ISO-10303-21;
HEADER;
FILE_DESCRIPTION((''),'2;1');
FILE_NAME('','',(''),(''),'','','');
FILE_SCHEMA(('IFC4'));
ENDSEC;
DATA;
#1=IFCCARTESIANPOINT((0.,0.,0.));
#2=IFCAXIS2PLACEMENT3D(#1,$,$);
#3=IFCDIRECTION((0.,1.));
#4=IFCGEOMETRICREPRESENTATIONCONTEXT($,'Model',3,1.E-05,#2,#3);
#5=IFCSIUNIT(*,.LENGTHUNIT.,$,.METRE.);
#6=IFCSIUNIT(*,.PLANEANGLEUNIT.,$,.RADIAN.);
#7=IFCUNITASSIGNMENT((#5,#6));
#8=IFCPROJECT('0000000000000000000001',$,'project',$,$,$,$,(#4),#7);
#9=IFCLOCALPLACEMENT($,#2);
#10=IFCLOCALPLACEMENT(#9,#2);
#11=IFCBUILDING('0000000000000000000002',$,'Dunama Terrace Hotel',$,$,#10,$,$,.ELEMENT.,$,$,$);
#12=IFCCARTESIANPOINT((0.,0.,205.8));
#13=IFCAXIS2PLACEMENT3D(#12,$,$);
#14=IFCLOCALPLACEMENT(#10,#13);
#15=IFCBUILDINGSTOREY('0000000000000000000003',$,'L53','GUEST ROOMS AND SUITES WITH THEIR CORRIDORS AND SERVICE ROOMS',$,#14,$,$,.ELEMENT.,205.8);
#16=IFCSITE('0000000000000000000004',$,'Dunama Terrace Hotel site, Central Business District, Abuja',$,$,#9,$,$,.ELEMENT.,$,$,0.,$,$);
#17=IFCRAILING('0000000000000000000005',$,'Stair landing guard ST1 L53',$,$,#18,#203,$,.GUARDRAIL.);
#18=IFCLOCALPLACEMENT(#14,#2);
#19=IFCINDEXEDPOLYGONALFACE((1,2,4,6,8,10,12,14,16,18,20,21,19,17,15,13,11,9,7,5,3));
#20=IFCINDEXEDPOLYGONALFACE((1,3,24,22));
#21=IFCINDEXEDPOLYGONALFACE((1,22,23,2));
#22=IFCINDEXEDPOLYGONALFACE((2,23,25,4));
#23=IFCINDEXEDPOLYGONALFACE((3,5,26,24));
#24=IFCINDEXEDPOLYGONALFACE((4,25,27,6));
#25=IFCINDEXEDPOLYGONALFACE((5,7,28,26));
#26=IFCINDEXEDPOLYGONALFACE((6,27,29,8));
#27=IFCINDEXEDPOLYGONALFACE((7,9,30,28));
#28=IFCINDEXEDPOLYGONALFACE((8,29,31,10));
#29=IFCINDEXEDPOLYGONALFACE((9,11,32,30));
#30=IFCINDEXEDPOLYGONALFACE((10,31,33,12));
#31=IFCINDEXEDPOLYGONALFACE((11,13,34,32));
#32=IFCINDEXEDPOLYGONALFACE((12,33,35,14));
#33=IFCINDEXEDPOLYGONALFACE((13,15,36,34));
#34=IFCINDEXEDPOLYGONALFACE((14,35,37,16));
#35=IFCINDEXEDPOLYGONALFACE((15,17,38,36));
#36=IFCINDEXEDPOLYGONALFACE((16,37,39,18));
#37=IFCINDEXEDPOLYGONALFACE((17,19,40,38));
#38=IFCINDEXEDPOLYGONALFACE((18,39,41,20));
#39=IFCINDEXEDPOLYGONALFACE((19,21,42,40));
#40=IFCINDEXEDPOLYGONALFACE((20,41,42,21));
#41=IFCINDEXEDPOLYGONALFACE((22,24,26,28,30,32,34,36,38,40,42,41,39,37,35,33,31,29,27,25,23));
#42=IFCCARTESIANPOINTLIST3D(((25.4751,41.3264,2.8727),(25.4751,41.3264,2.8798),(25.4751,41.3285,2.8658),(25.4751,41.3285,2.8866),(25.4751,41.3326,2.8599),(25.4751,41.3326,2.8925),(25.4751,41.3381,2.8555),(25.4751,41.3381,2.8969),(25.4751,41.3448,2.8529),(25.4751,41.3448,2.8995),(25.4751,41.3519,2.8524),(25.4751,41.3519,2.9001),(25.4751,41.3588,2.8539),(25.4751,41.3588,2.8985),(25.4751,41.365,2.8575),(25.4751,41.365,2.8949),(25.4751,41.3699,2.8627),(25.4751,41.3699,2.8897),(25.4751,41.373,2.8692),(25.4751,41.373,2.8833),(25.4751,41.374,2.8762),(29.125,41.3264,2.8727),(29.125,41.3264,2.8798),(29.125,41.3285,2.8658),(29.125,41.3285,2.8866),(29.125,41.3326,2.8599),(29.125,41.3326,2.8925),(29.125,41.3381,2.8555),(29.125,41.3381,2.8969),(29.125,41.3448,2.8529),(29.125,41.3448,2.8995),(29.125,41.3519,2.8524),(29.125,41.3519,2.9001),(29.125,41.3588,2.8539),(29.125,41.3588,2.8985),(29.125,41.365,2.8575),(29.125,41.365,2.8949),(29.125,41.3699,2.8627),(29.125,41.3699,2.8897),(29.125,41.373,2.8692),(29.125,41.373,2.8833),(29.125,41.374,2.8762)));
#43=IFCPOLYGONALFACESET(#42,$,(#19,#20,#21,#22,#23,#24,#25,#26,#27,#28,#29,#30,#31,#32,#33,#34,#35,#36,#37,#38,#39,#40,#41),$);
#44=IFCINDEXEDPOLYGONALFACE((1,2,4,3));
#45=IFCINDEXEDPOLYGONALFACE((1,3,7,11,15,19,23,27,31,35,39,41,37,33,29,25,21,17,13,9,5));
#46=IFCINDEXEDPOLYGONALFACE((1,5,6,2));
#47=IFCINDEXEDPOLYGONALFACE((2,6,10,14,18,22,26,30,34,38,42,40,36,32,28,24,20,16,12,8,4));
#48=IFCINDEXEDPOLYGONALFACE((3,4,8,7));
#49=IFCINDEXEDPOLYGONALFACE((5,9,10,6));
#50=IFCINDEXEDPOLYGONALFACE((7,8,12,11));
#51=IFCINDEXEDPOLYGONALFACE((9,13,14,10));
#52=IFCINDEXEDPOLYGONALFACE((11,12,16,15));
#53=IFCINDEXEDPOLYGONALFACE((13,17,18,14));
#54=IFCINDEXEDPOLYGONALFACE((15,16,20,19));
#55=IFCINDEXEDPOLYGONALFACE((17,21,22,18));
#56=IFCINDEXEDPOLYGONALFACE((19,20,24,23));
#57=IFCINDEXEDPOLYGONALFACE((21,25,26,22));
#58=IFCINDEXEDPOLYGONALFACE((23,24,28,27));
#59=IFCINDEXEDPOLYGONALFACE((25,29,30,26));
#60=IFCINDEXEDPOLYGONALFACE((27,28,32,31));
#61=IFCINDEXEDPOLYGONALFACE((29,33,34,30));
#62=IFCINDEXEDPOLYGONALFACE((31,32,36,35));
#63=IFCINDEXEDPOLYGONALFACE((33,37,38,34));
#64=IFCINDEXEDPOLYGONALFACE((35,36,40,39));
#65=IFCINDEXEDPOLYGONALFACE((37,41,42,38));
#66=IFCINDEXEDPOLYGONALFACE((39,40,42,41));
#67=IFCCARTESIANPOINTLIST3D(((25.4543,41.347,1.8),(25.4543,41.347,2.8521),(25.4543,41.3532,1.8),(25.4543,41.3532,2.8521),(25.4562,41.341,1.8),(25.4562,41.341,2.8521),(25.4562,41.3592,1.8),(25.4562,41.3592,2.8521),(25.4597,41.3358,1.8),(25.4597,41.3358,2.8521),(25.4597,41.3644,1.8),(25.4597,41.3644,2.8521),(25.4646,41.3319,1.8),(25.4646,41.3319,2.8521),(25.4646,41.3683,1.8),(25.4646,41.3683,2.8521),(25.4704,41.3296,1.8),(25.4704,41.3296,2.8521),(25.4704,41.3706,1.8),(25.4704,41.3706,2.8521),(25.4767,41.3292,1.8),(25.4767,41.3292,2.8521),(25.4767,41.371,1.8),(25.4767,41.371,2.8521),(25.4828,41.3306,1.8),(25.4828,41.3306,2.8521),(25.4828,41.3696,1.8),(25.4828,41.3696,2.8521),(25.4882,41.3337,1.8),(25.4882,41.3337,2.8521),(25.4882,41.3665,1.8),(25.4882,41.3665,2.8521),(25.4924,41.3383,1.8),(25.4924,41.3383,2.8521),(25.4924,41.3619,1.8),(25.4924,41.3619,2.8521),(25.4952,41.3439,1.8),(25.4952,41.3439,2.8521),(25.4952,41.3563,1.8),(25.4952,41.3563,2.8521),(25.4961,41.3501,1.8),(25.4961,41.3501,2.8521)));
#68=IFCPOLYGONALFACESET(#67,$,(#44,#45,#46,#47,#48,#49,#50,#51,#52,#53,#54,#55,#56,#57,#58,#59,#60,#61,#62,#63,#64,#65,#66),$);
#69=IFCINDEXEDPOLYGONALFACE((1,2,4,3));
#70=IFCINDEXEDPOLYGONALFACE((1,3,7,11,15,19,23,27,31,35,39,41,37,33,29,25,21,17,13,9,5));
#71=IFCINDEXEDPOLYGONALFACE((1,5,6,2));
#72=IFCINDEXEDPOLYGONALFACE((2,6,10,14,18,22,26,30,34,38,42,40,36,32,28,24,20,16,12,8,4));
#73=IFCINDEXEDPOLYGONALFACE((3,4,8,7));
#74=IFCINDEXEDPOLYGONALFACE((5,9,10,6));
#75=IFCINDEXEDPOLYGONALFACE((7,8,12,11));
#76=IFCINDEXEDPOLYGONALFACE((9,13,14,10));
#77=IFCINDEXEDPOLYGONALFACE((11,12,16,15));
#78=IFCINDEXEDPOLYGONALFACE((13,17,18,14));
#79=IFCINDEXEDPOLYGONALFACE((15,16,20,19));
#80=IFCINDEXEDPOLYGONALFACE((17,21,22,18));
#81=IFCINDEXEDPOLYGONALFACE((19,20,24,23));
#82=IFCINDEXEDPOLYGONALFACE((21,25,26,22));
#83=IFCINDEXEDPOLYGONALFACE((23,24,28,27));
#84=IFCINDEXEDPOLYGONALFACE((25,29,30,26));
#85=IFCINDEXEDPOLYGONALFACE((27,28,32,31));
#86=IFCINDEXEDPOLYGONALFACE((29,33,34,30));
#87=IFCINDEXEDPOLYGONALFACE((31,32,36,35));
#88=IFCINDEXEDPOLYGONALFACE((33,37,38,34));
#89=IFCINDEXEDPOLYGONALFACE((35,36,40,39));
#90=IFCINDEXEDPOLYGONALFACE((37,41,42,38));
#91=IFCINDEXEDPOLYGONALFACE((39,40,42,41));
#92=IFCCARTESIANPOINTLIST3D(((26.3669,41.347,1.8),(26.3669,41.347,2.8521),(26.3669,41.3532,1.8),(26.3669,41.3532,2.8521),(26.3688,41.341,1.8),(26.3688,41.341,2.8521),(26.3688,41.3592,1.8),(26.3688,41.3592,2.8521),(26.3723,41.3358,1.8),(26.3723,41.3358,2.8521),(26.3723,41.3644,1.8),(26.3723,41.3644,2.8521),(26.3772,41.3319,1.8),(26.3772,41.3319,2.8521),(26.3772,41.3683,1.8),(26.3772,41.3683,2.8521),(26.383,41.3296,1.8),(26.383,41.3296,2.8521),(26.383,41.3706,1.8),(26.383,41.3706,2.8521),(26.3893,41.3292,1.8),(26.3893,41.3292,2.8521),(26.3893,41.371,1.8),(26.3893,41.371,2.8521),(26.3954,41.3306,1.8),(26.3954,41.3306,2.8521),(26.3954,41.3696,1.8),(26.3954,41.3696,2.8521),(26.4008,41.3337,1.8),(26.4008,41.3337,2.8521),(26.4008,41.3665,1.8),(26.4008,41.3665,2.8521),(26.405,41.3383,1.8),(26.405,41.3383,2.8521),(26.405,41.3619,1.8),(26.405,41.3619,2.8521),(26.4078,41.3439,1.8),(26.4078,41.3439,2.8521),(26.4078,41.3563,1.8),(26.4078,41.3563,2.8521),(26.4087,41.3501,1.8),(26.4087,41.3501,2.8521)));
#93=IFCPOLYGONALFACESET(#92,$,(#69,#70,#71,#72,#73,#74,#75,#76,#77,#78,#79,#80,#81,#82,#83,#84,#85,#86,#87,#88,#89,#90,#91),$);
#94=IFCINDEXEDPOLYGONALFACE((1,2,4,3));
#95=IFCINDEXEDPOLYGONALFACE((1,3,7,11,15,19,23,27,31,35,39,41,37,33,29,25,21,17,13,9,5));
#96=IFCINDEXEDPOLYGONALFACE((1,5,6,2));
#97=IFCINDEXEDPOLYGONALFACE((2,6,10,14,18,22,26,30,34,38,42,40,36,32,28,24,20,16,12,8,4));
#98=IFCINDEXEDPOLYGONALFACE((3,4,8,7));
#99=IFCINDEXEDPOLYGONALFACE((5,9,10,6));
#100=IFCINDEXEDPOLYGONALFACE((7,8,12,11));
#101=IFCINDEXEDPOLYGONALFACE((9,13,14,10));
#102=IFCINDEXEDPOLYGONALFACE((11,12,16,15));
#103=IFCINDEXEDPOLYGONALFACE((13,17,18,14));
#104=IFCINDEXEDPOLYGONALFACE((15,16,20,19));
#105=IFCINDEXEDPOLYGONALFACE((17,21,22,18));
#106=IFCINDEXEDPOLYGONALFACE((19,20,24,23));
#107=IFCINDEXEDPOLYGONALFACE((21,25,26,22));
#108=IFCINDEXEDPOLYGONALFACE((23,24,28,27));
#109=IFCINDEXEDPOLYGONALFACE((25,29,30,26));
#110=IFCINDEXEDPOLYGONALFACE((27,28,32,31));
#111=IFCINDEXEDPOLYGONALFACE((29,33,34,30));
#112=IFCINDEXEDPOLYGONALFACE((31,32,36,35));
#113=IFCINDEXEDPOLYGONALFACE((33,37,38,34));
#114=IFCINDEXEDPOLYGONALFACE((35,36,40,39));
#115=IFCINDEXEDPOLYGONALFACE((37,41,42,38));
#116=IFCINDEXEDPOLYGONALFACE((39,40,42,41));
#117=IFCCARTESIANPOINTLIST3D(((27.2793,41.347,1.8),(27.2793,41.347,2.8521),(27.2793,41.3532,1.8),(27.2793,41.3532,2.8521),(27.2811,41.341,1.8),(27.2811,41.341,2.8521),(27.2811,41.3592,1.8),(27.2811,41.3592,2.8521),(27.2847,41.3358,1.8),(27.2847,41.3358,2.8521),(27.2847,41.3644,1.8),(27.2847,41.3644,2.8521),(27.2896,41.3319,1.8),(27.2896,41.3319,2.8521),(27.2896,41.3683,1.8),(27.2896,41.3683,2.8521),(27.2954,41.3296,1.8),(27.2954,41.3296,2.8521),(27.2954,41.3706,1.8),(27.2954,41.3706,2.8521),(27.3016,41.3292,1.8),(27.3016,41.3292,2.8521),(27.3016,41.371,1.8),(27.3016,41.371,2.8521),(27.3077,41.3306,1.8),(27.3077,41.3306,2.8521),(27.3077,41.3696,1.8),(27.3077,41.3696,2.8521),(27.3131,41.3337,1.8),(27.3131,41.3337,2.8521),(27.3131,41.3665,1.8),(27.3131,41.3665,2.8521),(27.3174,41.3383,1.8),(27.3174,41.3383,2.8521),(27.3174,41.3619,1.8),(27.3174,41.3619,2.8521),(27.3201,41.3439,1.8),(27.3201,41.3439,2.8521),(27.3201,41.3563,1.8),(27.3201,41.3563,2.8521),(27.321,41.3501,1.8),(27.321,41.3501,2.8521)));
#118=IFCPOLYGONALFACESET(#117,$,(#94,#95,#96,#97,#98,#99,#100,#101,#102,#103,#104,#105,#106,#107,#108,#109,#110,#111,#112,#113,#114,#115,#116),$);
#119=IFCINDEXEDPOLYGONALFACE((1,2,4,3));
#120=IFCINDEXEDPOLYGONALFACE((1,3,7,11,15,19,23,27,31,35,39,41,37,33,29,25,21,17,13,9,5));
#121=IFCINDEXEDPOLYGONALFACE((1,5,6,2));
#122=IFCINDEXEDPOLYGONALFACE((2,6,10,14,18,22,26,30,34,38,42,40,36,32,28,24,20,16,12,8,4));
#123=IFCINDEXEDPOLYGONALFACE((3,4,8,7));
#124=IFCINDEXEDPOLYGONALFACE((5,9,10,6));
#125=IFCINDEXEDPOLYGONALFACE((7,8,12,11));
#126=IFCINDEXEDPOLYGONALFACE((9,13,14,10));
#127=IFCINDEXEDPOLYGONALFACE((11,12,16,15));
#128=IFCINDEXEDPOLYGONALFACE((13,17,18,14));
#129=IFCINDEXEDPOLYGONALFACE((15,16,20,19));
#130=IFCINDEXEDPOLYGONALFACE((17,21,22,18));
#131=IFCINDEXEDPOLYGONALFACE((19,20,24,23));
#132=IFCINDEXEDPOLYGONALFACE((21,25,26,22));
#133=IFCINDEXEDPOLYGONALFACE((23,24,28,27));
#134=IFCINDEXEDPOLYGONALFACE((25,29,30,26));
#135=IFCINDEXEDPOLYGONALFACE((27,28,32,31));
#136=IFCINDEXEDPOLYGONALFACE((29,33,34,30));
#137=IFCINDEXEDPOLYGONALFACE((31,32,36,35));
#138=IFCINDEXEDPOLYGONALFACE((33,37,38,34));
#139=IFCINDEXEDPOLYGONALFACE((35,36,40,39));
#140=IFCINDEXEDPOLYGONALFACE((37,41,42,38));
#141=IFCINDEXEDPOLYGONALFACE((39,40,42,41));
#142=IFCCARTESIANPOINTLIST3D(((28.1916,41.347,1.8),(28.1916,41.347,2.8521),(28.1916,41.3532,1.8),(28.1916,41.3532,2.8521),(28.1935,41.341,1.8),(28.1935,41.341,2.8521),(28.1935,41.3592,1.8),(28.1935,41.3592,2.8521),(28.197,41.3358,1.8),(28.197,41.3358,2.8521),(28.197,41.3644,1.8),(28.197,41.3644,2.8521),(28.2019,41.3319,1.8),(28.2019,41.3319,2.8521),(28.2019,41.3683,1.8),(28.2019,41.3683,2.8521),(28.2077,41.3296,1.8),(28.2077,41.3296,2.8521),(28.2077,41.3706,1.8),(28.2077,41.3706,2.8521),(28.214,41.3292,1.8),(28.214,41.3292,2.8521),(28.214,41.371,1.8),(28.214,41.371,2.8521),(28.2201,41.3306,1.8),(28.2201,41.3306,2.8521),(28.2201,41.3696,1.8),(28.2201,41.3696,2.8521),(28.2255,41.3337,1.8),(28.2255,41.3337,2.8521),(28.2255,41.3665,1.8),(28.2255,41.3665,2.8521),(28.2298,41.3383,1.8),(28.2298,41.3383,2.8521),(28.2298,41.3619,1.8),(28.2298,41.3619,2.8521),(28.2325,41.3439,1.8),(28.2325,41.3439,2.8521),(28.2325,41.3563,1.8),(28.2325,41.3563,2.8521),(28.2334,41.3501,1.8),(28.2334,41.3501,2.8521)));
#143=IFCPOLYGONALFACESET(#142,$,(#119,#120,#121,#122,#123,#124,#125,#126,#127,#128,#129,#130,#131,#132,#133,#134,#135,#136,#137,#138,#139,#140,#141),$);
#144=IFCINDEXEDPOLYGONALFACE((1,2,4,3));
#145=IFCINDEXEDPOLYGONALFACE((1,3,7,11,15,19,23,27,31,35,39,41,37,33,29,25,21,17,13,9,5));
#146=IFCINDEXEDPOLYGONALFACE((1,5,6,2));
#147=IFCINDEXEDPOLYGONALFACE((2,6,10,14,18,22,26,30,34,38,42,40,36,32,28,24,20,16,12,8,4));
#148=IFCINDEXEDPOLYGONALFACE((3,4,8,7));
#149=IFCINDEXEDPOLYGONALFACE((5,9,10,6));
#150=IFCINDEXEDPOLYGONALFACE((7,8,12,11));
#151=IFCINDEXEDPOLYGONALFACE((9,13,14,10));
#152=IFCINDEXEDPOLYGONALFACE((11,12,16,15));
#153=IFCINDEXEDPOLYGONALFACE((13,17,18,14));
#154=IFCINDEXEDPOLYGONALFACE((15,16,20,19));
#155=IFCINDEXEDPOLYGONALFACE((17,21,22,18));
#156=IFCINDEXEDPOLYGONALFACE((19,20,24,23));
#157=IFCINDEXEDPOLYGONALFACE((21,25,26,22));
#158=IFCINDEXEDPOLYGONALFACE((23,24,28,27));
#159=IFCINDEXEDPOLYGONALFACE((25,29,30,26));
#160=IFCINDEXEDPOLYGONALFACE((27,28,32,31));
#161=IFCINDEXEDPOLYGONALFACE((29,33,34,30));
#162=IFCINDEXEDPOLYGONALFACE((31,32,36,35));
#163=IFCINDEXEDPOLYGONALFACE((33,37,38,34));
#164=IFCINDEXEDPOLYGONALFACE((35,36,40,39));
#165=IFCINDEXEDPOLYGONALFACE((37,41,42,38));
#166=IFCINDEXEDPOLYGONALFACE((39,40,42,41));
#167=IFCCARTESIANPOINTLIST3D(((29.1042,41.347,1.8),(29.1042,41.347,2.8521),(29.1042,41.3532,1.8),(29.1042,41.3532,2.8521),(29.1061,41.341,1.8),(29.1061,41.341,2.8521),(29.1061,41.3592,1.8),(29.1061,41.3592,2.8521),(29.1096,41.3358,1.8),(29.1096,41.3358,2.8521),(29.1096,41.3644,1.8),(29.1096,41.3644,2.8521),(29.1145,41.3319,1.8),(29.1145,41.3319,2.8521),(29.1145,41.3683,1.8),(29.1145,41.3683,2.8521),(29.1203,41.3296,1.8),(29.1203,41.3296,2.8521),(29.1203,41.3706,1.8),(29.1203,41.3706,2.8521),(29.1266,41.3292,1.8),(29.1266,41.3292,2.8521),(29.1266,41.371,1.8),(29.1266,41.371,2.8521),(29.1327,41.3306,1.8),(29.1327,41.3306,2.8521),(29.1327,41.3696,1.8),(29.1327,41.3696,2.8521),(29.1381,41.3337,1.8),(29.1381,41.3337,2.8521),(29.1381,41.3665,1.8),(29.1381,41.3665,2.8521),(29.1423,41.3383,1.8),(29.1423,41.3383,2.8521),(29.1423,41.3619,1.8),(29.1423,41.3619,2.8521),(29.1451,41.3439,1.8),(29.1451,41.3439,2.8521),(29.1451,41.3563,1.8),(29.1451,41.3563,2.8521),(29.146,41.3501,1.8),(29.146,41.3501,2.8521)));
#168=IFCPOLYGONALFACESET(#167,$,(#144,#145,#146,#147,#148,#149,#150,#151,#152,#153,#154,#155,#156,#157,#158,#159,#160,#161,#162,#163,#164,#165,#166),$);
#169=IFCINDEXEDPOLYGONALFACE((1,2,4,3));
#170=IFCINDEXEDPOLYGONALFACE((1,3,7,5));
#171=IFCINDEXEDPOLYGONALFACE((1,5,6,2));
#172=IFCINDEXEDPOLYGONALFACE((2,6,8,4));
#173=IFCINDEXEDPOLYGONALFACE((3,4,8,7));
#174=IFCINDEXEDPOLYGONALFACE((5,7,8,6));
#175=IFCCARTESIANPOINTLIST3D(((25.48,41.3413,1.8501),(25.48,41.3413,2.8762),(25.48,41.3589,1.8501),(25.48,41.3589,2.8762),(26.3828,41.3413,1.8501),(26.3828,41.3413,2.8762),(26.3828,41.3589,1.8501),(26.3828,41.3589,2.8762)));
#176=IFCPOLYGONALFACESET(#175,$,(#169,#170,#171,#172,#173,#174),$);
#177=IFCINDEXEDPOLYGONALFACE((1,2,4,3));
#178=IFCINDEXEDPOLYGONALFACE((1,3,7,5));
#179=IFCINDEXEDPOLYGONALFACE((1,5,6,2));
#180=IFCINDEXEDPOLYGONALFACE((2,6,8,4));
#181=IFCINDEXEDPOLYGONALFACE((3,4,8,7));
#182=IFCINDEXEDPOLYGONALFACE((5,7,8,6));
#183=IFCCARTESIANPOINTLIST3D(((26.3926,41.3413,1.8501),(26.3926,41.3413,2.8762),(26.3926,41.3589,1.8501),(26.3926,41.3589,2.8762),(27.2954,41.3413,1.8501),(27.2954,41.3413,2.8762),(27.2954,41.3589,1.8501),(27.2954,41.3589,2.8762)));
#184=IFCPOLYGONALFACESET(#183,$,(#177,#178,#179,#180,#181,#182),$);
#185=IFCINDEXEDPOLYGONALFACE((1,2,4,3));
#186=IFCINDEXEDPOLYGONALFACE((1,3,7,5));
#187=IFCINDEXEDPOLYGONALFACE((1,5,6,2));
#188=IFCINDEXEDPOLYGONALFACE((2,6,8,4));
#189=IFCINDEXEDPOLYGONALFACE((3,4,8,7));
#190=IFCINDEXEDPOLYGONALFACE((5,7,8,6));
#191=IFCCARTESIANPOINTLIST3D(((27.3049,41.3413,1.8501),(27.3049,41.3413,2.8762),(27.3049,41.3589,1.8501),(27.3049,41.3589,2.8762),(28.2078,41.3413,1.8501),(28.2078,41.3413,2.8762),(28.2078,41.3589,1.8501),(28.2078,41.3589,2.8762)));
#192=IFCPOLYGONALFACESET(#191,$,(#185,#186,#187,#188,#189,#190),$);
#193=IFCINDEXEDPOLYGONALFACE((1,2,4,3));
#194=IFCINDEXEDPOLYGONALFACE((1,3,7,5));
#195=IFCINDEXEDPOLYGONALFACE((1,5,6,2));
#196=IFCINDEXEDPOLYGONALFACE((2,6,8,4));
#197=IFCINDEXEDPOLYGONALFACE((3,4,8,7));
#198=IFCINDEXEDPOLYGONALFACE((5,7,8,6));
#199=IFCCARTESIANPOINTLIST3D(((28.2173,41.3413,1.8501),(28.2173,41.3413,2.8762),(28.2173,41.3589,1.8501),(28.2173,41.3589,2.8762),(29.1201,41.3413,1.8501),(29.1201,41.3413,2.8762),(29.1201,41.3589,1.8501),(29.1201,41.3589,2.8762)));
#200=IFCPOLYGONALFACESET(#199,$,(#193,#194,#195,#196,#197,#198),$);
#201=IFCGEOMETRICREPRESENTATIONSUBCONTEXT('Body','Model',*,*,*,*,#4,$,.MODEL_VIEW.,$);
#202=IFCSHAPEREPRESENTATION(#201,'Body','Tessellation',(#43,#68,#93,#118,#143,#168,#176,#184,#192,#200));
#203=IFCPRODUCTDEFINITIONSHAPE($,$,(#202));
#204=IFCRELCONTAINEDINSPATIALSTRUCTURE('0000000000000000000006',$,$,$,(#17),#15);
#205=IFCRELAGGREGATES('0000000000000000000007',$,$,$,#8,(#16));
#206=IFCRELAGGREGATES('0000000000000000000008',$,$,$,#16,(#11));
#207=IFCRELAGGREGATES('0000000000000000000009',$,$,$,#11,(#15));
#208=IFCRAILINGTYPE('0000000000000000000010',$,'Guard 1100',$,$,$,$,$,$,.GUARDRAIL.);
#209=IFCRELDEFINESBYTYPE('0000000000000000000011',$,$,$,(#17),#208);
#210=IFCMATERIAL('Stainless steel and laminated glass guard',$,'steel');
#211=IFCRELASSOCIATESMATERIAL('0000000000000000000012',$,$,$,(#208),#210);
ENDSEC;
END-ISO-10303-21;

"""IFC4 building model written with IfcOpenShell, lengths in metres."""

from ifc_helpers import new_model, si_unit, direction, frame, origin, origin_2d, place, context, subcontext, project, spatial, polyline, circle, outline, extrude, material, type_object, element, save


model = new_model("IFC4")

# Units and contexts
model_context = context("Model", 3, precision=1e-05, world=origin(), true_north=direction((0.0, 1.0)))
body_context = subcontext(model_context, "Body", "Model", "MODEL_VIEW")
ifc_project = project(units=[si_unit("LENGTHUNIT", "METRE"), si_unit("PLANEANGLEUNIT", "RADIAN")], contexts=[model_context])

# Site, building, storey
site_placement = place(None, origin())
site = spatial("IfcSite", under=ifc_project, at=site_placement, Name="Dunama Terrace Hotel site, Central Business District, Abuja", CompositionType="ELEMENT", RefElevation=0.0)
building_placement = place(site_placement, origin())
building = spatial("IfcBuilding", under=site, at=building_placement, Name="Dunama Terrace Hotel", CompositionType="ELEMENT")
storey_placement = place(building_placement, frame((0.0, 0.0, 205.8)))
storey = spatial("IfcBuildingStorey", under=building, at=storey_placement, Name="L53", Description="GUEST ROOMS AND SUITES WITH THEIR CORRIDORS AND SERVICE ROOMS", CompositionType="ELEMENT", Elevation=205.8)

# Railing
ifc_material_1 = material(Name="Stainless steel and laminated glass guard", Category="steel")
railing_type = type_object("IfcRailingType", Name="Guard 1100", PredefinedType="GUARDRAIL", material=ifc_material_1)
railing_placement = place(storey_placement, frame((25.4751, 41.3501, 1.8)))
element("IfcRailing", 1, at=railing_placement, inside=storey, type_object=railing_type, Name="Stair landing guard ST1 L53", PredefinedType="GUARDRAIL", context=body_context, shape_type="SweptSolid", body=[
    extrude(circle(Radius=0.0239, at=origin_2d()), frame((0.0, 0.0, 1.0762), z_axis=(1.0, 0.0, 0.0), x_axis=(0.0, 1.0, 0.0)), (0.0, 0.0, 1.0), 3.6499),
    extrude(circle(Radius=0.021, at=origin_2d()), origin(), (0.0, 0.0, 1.0), 1.052),
    extrude(circle(Radius=0.021, at=origin_2d()), frame((0.9126, 0.0, 0.0)), (0.0, 0.0, 1.0), 1.052),
    extrude(circle(Radius=0.021, at=origin_2d()), frame((1.825, 0.0, 0.0)), (0.0, 0.0, 1.0), 1.052),
    extrude(circle(Radius=0.021, at=origin_2d()), frame((2.7373, 0.0, 0.0)), (0.0, 0.0, 1.0), 1.052),
    extrude(circle(Radius=0.021, at=origin_2d()), frame((3.6499, 0.0, 0.0)), (0.0, 0.0, 1.0), 1.052),
    extrude(outline(polyline([(0.0049, 0.05), (0.9077, 0.05), (0.9077, 1.0762), (0.0049, 1.0762), (0.0049, 0.05)])), frame((0.0, 0.0088, 0.0), z_axis=(0.0, -1.0, 0.0), x_axis=(1.0, 0.0, 0.0)), (0.0, 0.0, 1.0), 0.0176),
    extrude(outline(polyline([(0.0049, 0.05), (0.9077, 0.05), (0.9077, 1.0762), (0.0049, 1.0762), (0.0049, 0.05)])), frame((0.9126, 0.0088, 0.0), z_axis=(0.0, -1.0, 0.0), x_axis=(1.0, 0.0, 0.0)), (0.0, 0.0, 1.0), 0.0176),
    extrude(outline(polyline([(0.0049, 0.05), (0.9077, 0.05), (0.9077, 1.0762), (0.0049, 1.0762), (0.0049, 0.05)])), frame((1.825, 0.0088, 0.0), z_axis=(0.0, -1.0, 0.0), x_axis=(1.0, 0.0, 0.0)), (0.0, 0.0, 1.0), 0.0176),
    extrude(outline(polyline([(0.0049, 0.05), (0.9077, 0.05), (0.9077, 1.0762), (0.0049, 1.0762), (0.0049, 0.05)])), frame((2.7373, 0.0088, 0.0), z_axis=(0.0, -1.0, 0.0), x_axis=(1.0, 0.0, 0.0)), (0.0, 0.0, 1.0), 0.0176),
])

save(model, "model.ifc")
